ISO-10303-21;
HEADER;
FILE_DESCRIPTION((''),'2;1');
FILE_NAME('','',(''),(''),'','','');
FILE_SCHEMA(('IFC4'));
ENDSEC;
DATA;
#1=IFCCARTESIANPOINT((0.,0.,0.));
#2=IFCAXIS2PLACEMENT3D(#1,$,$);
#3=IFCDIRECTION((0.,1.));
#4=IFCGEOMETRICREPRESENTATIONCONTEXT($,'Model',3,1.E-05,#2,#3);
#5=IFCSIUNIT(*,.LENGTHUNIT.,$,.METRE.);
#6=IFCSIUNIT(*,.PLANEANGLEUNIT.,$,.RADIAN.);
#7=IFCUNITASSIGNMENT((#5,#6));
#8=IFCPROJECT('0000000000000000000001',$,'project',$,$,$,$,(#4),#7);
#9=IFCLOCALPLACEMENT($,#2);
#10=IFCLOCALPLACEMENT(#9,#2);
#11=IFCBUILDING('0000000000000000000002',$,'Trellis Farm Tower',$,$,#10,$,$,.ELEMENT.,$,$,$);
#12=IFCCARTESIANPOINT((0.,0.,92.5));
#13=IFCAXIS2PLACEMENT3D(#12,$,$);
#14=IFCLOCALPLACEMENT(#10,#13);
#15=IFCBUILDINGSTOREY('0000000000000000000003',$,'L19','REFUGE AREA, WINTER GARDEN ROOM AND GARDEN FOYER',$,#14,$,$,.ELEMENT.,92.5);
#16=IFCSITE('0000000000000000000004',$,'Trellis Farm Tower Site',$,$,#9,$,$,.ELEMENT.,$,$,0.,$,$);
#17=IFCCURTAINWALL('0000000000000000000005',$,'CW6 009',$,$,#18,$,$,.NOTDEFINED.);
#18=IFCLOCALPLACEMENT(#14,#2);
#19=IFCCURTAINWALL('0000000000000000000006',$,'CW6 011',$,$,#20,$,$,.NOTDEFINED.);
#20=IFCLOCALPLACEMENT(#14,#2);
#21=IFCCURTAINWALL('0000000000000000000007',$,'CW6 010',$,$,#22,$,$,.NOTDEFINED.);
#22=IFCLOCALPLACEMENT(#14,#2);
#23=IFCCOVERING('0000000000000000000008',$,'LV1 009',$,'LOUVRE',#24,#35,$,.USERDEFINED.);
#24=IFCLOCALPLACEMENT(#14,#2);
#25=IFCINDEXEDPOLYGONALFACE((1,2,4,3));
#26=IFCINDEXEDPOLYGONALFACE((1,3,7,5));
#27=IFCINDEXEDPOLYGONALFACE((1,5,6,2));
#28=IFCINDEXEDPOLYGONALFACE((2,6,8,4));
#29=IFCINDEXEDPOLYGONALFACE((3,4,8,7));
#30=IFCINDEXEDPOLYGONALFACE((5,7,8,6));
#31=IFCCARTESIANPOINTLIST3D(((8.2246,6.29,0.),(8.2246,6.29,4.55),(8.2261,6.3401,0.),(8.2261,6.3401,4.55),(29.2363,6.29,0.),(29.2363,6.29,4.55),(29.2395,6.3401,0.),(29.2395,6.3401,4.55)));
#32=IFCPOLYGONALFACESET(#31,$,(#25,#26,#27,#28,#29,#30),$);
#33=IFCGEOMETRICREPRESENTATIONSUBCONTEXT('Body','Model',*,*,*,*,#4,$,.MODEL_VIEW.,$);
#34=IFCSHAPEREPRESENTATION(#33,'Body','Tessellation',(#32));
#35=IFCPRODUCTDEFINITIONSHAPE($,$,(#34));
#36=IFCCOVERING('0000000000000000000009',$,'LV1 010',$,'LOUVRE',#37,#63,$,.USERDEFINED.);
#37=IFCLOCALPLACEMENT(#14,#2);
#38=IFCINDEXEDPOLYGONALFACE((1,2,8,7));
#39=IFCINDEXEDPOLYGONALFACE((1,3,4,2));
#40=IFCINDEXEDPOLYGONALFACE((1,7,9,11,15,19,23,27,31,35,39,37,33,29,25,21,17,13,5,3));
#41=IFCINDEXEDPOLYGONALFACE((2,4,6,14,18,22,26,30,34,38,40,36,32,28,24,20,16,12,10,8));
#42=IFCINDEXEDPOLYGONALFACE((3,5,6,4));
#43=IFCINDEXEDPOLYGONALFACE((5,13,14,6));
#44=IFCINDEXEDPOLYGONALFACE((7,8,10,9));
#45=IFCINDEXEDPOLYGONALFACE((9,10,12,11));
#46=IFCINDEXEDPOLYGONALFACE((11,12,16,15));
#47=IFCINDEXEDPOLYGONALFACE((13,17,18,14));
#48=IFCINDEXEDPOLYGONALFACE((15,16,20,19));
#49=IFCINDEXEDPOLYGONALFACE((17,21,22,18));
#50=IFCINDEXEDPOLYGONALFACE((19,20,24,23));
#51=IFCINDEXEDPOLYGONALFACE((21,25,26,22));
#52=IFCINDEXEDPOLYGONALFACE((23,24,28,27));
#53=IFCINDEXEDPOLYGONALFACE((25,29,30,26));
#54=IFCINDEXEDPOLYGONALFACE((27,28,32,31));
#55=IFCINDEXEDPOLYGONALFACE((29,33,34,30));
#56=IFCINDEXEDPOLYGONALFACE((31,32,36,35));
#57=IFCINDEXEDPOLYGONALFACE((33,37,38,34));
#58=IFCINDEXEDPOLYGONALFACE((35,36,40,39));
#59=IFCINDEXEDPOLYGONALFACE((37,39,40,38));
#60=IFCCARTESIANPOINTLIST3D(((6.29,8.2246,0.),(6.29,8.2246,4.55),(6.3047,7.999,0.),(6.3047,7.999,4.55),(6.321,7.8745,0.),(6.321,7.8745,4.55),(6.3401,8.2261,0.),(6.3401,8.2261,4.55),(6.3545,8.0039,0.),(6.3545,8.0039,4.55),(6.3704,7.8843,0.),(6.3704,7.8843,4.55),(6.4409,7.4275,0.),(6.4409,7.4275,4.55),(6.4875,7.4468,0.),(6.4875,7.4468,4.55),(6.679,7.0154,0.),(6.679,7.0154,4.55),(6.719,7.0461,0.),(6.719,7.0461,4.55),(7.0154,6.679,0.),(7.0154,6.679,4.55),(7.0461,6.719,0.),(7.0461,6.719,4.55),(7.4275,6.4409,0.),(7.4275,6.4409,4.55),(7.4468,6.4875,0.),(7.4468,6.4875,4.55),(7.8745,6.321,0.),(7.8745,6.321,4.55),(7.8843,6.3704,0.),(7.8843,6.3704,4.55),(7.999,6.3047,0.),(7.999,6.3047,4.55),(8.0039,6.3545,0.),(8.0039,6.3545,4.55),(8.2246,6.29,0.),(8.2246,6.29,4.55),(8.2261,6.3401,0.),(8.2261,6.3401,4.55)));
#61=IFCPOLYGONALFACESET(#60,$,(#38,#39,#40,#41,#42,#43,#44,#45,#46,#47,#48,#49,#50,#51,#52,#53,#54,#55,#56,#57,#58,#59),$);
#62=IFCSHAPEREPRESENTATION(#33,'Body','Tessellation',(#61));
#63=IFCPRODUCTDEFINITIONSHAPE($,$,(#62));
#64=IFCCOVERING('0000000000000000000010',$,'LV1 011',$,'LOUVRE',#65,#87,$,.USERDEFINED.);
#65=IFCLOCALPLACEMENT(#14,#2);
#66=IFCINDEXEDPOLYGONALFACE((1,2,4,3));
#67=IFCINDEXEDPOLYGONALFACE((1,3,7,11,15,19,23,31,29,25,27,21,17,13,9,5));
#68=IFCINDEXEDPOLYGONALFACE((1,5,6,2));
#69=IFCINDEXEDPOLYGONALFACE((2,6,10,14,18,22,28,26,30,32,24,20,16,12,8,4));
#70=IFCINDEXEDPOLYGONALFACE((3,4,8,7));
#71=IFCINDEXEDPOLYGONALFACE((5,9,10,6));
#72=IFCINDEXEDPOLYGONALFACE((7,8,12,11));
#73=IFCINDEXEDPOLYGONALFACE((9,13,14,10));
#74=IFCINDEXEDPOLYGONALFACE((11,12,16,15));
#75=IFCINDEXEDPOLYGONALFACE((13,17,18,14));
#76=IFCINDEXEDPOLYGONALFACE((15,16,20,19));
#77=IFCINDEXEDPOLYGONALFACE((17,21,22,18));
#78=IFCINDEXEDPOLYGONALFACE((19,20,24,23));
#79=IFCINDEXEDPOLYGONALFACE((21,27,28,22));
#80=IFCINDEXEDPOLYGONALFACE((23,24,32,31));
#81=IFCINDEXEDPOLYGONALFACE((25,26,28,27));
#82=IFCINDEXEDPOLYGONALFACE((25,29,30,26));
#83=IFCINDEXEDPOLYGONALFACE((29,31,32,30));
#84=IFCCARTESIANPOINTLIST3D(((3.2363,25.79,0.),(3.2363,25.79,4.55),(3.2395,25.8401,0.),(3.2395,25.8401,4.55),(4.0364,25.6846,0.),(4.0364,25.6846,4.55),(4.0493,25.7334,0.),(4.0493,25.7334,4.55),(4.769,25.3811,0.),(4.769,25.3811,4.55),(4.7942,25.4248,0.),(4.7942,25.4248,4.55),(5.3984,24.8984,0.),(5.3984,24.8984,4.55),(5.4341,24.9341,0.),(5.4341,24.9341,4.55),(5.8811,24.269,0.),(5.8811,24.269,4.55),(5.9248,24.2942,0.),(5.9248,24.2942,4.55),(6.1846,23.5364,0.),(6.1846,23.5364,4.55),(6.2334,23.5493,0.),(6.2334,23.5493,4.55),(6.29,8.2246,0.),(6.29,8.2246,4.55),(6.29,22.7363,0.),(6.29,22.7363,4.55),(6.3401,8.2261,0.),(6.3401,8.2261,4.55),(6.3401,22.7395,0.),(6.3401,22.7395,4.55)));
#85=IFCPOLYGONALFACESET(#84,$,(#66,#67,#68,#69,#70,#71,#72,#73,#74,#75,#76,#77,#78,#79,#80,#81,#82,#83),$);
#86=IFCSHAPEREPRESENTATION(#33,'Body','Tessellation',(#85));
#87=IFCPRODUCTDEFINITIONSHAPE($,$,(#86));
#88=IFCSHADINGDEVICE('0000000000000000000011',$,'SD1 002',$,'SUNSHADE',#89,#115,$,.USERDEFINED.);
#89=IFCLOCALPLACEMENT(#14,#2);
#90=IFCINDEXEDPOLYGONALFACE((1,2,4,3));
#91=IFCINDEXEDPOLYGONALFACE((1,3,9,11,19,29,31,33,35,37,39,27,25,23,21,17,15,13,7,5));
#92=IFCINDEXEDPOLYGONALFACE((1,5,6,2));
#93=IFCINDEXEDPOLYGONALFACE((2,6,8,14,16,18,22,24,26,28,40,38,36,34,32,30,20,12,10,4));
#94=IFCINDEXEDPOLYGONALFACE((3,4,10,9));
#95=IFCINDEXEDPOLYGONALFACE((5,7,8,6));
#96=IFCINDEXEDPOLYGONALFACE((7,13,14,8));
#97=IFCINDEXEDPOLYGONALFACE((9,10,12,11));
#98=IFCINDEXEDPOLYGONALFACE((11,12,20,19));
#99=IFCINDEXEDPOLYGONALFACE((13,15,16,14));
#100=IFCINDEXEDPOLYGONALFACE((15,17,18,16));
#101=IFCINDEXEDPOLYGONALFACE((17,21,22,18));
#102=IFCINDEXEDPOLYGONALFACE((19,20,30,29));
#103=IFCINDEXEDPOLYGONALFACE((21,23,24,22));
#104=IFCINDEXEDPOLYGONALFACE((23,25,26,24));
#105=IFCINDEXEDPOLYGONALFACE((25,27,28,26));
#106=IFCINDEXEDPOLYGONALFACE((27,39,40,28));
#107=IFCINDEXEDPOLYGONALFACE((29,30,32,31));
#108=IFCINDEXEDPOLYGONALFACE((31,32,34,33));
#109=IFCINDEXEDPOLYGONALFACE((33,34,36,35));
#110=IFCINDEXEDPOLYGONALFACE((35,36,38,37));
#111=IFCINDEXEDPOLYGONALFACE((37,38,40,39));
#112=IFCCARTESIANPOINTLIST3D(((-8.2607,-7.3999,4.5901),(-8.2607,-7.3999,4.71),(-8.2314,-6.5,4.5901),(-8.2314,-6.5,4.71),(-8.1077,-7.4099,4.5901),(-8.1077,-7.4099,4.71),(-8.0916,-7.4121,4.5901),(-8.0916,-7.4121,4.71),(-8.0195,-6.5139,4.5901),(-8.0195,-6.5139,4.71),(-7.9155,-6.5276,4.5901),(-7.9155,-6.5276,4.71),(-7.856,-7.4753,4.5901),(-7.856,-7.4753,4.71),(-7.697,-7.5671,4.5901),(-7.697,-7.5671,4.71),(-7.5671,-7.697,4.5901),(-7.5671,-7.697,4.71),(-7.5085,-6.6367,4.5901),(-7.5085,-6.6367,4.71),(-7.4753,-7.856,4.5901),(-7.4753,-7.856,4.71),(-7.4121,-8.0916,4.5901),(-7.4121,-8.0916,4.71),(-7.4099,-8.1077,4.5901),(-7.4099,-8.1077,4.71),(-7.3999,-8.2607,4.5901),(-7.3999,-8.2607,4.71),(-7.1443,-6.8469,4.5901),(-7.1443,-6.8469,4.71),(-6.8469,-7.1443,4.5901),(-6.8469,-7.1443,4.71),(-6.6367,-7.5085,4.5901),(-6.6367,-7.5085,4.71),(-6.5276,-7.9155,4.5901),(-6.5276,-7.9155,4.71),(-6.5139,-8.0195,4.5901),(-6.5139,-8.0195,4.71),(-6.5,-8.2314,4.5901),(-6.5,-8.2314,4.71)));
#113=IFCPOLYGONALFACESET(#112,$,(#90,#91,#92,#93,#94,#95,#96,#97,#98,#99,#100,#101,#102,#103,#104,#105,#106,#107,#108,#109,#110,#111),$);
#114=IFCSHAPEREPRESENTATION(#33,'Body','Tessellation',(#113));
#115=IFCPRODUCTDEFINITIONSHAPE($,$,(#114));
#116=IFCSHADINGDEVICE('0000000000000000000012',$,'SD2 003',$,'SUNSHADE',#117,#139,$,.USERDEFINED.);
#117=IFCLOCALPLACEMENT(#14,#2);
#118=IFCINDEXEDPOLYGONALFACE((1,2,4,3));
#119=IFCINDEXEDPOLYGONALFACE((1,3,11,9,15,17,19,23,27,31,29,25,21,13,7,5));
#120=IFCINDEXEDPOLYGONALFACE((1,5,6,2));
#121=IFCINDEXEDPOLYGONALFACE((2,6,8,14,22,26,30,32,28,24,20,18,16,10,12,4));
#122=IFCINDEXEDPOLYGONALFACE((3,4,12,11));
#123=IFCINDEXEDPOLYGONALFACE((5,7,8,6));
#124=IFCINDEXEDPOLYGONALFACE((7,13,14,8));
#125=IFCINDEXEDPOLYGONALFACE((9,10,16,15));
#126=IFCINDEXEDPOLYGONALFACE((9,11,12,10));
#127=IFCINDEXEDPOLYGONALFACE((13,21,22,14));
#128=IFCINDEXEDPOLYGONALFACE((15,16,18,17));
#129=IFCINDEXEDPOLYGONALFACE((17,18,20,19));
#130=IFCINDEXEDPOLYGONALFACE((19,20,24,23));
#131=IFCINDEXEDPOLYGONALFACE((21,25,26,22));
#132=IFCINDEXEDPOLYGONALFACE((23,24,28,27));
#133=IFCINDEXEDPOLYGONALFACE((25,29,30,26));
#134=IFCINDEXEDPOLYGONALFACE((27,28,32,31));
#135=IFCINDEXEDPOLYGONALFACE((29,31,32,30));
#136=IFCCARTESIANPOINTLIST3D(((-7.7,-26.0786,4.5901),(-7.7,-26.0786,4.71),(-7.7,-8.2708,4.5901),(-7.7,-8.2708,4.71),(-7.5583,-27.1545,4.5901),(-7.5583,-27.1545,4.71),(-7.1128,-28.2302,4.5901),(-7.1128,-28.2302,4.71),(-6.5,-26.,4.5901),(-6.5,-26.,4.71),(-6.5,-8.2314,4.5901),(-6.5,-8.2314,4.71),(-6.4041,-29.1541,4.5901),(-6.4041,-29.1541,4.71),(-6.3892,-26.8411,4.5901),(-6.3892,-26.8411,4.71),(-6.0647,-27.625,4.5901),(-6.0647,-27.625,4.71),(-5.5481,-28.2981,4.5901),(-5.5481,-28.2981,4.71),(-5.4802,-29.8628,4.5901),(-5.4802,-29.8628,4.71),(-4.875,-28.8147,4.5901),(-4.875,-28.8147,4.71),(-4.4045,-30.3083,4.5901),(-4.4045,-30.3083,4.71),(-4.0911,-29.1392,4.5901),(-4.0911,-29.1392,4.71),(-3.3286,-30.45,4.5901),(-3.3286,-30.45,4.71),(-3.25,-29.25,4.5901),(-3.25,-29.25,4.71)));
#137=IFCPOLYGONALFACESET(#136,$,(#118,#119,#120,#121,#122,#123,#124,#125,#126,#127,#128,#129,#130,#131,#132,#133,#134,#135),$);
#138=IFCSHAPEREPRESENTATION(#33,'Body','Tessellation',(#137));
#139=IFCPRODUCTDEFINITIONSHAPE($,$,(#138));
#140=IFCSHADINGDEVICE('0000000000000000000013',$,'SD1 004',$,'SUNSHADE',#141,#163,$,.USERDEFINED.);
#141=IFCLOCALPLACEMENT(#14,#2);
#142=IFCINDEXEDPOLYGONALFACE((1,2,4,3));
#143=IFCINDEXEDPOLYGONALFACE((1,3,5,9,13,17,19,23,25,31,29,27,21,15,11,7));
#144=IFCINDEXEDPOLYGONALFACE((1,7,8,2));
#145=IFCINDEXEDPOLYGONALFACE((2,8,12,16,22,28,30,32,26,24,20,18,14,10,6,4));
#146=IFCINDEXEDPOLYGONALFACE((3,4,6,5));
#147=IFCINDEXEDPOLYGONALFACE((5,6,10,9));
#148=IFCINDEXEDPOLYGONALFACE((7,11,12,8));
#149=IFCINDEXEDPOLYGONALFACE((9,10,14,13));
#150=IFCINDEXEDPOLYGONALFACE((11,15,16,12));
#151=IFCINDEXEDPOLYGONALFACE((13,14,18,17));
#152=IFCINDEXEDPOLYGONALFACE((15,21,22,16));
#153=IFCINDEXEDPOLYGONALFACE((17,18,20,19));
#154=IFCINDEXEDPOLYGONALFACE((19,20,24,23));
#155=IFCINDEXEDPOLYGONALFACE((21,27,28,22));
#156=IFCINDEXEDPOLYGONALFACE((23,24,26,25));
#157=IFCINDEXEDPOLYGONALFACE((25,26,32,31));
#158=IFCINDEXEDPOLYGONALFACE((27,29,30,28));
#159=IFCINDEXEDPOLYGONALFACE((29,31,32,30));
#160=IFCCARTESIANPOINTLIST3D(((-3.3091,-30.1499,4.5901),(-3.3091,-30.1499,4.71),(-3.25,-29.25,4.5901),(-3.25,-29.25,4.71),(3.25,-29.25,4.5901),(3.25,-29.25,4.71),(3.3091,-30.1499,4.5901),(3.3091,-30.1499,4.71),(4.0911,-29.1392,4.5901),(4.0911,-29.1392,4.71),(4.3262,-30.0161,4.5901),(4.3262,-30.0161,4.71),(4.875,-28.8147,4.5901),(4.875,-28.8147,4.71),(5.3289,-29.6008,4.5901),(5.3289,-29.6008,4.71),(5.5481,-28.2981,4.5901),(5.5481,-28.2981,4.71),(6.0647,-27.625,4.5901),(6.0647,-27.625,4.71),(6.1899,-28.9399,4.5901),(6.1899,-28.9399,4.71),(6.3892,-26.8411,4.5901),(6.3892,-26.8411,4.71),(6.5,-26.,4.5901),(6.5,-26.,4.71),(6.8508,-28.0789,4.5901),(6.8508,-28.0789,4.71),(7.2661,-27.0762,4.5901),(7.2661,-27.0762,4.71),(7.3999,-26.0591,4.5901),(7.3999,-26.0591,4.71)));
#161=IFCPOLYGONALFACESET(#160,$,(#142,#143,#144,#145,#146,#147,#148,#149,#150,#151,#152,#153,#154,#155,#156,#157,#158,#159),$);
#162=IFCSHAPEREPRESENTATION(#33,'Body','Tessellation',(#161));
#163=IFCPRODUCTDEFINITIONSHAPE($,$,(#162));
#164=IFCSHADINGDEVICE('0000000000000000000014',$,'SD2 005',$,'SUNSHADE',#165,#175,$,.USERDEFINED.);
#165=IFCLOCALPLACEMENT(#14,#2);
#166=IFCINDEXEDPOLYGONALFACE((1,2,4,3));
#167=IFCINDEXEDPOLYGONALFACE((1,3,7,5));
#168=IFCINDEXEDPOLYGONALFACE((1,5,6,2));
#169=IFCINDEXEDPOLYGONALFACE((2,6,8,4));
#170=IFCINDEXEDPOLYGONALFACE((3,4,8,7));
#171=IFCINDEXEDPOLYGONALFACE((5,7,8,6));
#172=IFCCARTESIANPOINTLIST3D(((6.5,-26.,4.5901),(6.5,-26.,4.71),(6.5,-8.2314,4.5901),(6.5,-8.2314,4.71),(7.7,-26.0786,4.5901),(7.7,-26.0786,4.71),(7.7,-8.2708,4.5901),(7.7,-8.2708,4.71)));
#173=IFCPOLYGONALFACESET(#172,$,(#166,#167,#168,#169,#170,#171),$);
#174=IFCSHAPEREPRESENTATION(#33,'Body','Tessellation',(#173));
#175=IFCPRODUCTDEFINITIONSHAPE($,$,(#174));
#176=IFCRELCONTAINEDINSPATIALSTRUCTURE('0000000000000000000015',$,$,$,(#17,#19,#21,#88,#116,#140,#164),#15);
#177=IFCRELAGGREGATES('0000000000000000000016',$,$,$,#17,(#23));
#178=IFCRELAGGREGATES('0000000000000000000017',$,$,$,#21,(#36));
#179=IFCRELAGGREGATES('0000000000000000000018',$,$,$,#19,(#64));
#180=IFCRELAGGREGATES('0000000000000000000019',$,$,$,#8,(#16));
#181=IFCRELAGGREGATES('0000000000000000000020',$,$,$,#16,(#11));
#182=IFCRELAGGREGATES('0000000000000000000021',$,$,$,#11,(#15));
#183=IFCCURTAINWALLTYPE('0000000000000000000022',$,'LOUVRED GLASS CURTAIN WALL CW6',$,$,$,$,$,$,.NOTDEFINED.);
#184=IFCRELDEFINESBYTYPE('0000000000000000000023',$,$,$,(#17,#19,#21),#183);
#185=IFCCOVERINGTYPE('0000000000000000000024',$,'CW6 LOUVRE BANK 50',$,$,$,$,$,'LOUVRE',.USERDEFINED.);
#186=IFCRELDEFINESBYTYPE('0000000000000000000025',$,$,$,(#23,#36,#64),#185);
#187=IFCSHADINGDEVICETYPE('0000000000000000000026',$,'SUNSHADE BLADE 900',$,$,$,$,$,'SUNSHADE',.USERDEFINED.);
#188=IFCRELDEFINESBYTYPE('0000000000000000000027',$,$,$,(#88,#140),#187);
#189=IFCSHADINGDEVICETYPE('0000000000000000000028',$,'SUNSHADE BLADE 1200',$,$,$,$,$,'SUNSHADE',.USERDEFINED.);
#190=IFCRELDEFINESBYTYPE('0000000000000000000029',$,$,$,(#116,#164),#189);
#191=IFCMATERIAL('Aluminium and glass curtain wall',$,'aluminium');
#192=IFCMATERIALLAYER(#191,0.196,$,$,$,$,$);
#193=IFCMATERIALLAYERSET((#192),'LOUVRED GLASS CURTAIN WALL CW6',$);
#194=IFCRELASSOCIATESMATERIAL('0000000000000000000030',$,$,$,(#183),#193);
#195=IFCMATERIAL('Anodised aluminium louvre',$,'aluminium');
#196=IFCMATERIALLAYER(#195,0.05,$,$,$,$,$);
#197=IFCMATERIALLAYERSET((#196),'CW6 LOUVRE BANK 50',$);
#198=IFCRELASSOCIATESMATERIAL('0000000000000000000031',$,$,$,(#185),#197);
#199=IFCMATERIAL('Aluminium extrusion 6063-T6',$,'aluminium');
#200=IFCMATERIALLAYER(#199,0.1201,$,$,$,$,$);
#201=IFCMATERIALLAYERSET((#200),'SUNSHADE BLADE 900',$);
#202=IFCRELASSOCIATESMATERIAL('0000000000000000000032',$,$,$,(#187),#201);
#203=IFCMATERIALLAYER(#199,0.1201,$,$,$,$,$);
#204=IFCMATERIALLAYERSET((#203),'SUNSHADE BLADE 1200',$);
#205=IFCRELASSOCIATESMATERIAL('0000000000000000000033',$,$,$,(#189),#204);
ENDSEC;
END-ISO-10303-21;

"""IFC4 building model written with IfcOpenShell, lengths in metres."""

from ifc_helpers import new_model, si_unit, direction, frame, origin, place, context, subcontext, project, spatial, polyline, outline, extrude, source, transform, mapped, material, layer, layer_set, type_object, element, aggregate, save


model = new_model("IFC4")

# Units and contexts
model_context = context("Model", 3, precision=1e-05, world=origin(), true_north=direction((0.0, 1.0)))
body_context = subcontext(model_context, "Body", "Model", "MODEL_VIEW")
ifc_project = project(units=[si_unit("LENGTHUNIT", "METRE"), si_unit("PLANEANGLEUNIT", "RADIAN")], contexts=[model_context])

# Site, building, storey
site_placement = place(None, origin())
site = spatial("IfcSite", under=ifc_project, at=site_placement, Name="Trellis Farm Tower Site", CompositionType="ELEMENT", RefElevation=0.0)
building_placement = place(site_placement, origin())
building = spatial("IfcBuilding", under=site, at=building_placement, Name="Trellis Farm Tower", CompositionType="ELEMENT")
storey_placement = place(building_placement, frame((0.0, 0.0, 92.5)))
storey = spatial("IfcBuildingStorey", under=building, at=storey_placement, Name="L19", Description="REFUGE AREA, WINTER GARDEN ROOM AND GARDEN FOYER", CompositionType="ELEMENT", Elevation=92.5)

# Curtain walls
ifc_material_1 = material(Name="Aluminium and glass curtain wall", Category="aluminium")
ifc_layer_1 = layer(ifc_material_1, 0.196)
ifc_layer_set_1 = layer_set([ifc_layer_1], Name="LOUVRED GLASS CURTAIN WALL CW6")
curtain_wall_type = type_object("IfcCurtainWallType", Name="LOUVRED GLASS CURTAIN WALL CW6", PredefinedType="NOTDEFINED", material=ifc_layer_set_1)
placement_1 = place(storey_placement, origin())
ifc_material_2 = material(Name="Aluminium extrusion 6063-T6", Category="aluminium")
curtain_wall_1 = element("IfcCurtainWall", 1, at=placement_1, inside=storey, type_object=curtain_wall_type, Name="CW6 009", PredefinedType="NOTDEFINED")
curtain_wall_2 = element("IfcCurtainWall", 2, at=placement_1, inside=storey, type_object=curtain_wall_type, Name="CW6 011", PredefinedType="NOTDEFINED")
curtain_wall_3 = element("IfcCurtainWall", 3, at=placement_1, inside=storey, type_object=curtain_wall_type, Name="CW6 010", PredefinedType="NOTDEFINED")

# Coverings
ifc_material_3 = material(Name="Anodised aluminium louvre", Category="aluminium")
ifc_layer_2 = layer(ifc_material_3, 0.05)
ifc_layer_set_2 = layer_set([ifc_layer_2], Name="CW6 LOUVRE BANK 50")
covering_type = type_object("IfcCoveringType", Name="CW6 LOUVRE BANK 50", ElementType="LOUVRE", PredefinedType="USERDEFINED", material=ifc_layer_set_2)
covering_1 = element("IfcCovering", 4, at=placement_1, type_object=covering_type, Name="LV1 009", ObjectType="LOUVRE", PredefinedType="USERDEFINED", context=body_context, shape_type="SweptSolid", body=[
    extrude(outline(polyline([(29.2395, 6.3401), (8.2261, 6.3401), (8.2246, 6.29), (29.2363, 6.29), (29.2395, 6.3401)])), origin(), (0.0, 0.0, 1.0), 4.55),
])
aggregate(curtain_wall_1, [covering_1])
covering_2 = element("IfcCovering", 5, at=placement_1, type_object=covering_type, Name="LV1 010", ObjectType="LOUVRE", PredefinedType="USERDEFINED", context=body_context, shape_type="SweptSolid", body=[
    extrude(outline(polyline([(8.2261, 6.3401), (8.0039, 6.3545), (7.8843, 6.3704), (7.4468, 6.4875), (7.0461, 6.719), (6.719, 7.0461), (6.4875, 7.4468), (6.3704, 7.8843), (6.3545, 8.0039), (6.3401, 8.2261), (6.29, 8.2246), (6.3047, 7.999), (6.321, 7.8745), (6.4409, 7.4275), (6.679, 7.0154), (7.0154, 6.679), (7.4275, 6.4409), (7.8745, 6.321), (7.999, 6.3047), (8.2246, 6.29), (8.2261, 6.3401)])), origin(), (0.0, 0.0, 1.0), 4.55),
])
aggregate(curtain_wall_3, [covering_2])
covering_3 = element("IfcCovering", 6, at=placement_1, type_object=covering_type, Name="LV1 011", ObjectType="LOUVRE", PredefinedType="USERDEFINED", context=body_context, shape_type="SweptSolid", body=[
    extrude(outline(polyline([(6.3401, 8.2261), (6.3401, 22.7395), (6.2334, 23.5493), (5.9248, 24.2942), (5.4341, 24.9341), (4.7942, 25.4248), (4.0493, 25.7334), (3.2395, 25.8401), (3.2363, 25.79), (4.0364, 25.6846), (4.769, 25.3811), (5.3984, 24.8984), (5.8811, 24.269), (6.1846, 23.5364), (6.29, 22.7363), (6.29, 8.2246), (6.3401, 8.2261)])), origin(), (0.0, 0.0, 1.0), 4.55),
])
aggregate(curtain_wall_2, [covering_3])

# Shading devices
ifc_layer_3 = layer(ifc_material_2, 0.1201)
ifc_layer_set_3 = layer_set([ifc_layer_3], Name="SUNSHADE BLADE 900")
shading_device_type_1 = type_object("IfcShadingDeviceType", Name="SUNSHADE BLADE 900", ElementType="SUNSHADE", PredefinedType="USERDEFINED", material=ifc_layer_set_3)
shared_shape_1 = source(origin(), body_context, "Body", "SweptSolid", [
    extrude(outline(polyline([(-8.2607, -7.3999), (-8.1077, -7.4099), (-8.0916, -7.4121), (-7.856, -7.4753), (-7.697, -7.5671), (-7.5671, -7.697), (-7.4753, -7.856), (-7.4121, -8.0916), (-7.4099, -8.1077), (-7.3999, -8.2607), (-6.5, -8.2314), (-6.5139, -8.0195), (-6.5276, -7.9155), (-6.6367, -7.5085), (-6.8469, -7.1443), (-7.1443, -6.8469), (-7.5085, -6.6367), (-7.9155, -6.5276), (-8.0195, -6.5139), (-8.2314, -6.5), (-8.2607, -7.3999)])), origin(), (0.0, 0.0, 1.0), 0.1199),
])
placement_2 = place(storey_placement, frame((0.0, 0.0, 4.5901)))
element("IfcShadingDevice", 7, at=placement_2, inside=storey, type_object=shading_device_type_1, Name="SD1 002", ObjectType="SUNSHADE", PredefinedType="USERDEFINED", context=body_context, shape_type="MappedRepresentation", body=[
    mapped(shared_shape_1, transform((0.0, 0.0, 0.0))),
])
ifc_layer_4 = layer(ifc_material_2, 0.1201)
ifc_layer_set_4 = layer_set([ifc_layer_4], Name="SUNSHADE BLADE 1200")
shading_device_type_2 = type_object("IfcShadingDeviceType", Name="SUNSHADE BLADE 1200", ElementType="SUNSHADE", PredefinedType="USERDEFINED", material=ifc_layer_set_4)
shared_shape_2 = source(origin(), body_context, "Body", "SweptSolid", [
    extrude(outline(polyline([(-7.7, -8.2708), (-7.7, -26.0786), (-7.5583, -27.1545), (-7.1128, -28.2302), (-6.4041, -29.1541), (-5.4802, -29.8628), (-4.4045, -30.3083), (-3.3286, -30.45), (-3.25, -29.25), (-4.0911, -29.1392), (-4.875, -28.8147), (-5.5481, -28.2981), (-6.0647, -27.625), (-6.3892, -26.8411), (-6.5, -26.0), (-6.5, -8.2314), (-7.7, -8.2708)])), origin(), (0.0, 0.0, 1.0), 0.1199),
])
element("IfcShadingDevice", 8, at=placement_2, inside=storey, type_object=shading_device_type_2, Name="SD2 003", ObjectType="SUNSHADE", PredefinedType="USERDEFINED", context=body_context, shape_type="MappedRepresentation", body=[
    mapped(shared_shape_2, transform((0.0, 0.0, 0.0))),
])
shared_shape_3 = source(origin(), body_context, "Body", "SweptSolid", [
    extrude(outline(polyline([(-3.3091, -30.1499), (3.3091, -30.1499), (4.3262, -30.0161), (5.3289, -29.6008), (6.1899, -28.9399), (6.8508, -28.0789), (7.2661, -27.0762), (7.3999, -26.0591), (6.5, -26.0), (6.3892, -26.8411), (6.0647, -27.625), (5.5481, -28.2981), (4.875, -28.8147), (4.0911, -29.1392), (3.25, -29.25), (-3.25, -29.25), (-3.3091, -30.1499)])), origin(), (0.0, 0.0, 1.0), 0.1199),
])
element("IfcShadingDevice", 9, at=placement_2, inside=storey, type_object=shading_device_type_1, Name="SD1 004", ObjectType="SUNSHADE", PredefinedType="USERDEFINED", context=body_context, shape_type="MappedRepresentation", body=[
    mapped(shared_shape_3, transform((0.0, 0.0, 0.0))),
])
shared_shape_4 = source(origin(), body_context, "Body", "SweptSolid", [
    extrude(outline(polyline([(7.7, -26.0786), (7.7, -8.2708), (6.5, -8.2314), (6.5, -26.0), (7.7, -26.0786)])), origin(), (0.0, 0.0, 1.0), 0.1199),
])
element("IfcShadingDevice", 10, at=placement_2, inside=storey, type_object=shading_device_type_2, Name="SD2 005", ObjectType="SUNSHADE", PredefinedType="USERDEFINED", context=body_context, shape_type="MappedRepresentation", body=[
    mapped(shared_shape_4, transform((0.0, 0.0, 0.0))),
])

save(model, "model.ifc")
